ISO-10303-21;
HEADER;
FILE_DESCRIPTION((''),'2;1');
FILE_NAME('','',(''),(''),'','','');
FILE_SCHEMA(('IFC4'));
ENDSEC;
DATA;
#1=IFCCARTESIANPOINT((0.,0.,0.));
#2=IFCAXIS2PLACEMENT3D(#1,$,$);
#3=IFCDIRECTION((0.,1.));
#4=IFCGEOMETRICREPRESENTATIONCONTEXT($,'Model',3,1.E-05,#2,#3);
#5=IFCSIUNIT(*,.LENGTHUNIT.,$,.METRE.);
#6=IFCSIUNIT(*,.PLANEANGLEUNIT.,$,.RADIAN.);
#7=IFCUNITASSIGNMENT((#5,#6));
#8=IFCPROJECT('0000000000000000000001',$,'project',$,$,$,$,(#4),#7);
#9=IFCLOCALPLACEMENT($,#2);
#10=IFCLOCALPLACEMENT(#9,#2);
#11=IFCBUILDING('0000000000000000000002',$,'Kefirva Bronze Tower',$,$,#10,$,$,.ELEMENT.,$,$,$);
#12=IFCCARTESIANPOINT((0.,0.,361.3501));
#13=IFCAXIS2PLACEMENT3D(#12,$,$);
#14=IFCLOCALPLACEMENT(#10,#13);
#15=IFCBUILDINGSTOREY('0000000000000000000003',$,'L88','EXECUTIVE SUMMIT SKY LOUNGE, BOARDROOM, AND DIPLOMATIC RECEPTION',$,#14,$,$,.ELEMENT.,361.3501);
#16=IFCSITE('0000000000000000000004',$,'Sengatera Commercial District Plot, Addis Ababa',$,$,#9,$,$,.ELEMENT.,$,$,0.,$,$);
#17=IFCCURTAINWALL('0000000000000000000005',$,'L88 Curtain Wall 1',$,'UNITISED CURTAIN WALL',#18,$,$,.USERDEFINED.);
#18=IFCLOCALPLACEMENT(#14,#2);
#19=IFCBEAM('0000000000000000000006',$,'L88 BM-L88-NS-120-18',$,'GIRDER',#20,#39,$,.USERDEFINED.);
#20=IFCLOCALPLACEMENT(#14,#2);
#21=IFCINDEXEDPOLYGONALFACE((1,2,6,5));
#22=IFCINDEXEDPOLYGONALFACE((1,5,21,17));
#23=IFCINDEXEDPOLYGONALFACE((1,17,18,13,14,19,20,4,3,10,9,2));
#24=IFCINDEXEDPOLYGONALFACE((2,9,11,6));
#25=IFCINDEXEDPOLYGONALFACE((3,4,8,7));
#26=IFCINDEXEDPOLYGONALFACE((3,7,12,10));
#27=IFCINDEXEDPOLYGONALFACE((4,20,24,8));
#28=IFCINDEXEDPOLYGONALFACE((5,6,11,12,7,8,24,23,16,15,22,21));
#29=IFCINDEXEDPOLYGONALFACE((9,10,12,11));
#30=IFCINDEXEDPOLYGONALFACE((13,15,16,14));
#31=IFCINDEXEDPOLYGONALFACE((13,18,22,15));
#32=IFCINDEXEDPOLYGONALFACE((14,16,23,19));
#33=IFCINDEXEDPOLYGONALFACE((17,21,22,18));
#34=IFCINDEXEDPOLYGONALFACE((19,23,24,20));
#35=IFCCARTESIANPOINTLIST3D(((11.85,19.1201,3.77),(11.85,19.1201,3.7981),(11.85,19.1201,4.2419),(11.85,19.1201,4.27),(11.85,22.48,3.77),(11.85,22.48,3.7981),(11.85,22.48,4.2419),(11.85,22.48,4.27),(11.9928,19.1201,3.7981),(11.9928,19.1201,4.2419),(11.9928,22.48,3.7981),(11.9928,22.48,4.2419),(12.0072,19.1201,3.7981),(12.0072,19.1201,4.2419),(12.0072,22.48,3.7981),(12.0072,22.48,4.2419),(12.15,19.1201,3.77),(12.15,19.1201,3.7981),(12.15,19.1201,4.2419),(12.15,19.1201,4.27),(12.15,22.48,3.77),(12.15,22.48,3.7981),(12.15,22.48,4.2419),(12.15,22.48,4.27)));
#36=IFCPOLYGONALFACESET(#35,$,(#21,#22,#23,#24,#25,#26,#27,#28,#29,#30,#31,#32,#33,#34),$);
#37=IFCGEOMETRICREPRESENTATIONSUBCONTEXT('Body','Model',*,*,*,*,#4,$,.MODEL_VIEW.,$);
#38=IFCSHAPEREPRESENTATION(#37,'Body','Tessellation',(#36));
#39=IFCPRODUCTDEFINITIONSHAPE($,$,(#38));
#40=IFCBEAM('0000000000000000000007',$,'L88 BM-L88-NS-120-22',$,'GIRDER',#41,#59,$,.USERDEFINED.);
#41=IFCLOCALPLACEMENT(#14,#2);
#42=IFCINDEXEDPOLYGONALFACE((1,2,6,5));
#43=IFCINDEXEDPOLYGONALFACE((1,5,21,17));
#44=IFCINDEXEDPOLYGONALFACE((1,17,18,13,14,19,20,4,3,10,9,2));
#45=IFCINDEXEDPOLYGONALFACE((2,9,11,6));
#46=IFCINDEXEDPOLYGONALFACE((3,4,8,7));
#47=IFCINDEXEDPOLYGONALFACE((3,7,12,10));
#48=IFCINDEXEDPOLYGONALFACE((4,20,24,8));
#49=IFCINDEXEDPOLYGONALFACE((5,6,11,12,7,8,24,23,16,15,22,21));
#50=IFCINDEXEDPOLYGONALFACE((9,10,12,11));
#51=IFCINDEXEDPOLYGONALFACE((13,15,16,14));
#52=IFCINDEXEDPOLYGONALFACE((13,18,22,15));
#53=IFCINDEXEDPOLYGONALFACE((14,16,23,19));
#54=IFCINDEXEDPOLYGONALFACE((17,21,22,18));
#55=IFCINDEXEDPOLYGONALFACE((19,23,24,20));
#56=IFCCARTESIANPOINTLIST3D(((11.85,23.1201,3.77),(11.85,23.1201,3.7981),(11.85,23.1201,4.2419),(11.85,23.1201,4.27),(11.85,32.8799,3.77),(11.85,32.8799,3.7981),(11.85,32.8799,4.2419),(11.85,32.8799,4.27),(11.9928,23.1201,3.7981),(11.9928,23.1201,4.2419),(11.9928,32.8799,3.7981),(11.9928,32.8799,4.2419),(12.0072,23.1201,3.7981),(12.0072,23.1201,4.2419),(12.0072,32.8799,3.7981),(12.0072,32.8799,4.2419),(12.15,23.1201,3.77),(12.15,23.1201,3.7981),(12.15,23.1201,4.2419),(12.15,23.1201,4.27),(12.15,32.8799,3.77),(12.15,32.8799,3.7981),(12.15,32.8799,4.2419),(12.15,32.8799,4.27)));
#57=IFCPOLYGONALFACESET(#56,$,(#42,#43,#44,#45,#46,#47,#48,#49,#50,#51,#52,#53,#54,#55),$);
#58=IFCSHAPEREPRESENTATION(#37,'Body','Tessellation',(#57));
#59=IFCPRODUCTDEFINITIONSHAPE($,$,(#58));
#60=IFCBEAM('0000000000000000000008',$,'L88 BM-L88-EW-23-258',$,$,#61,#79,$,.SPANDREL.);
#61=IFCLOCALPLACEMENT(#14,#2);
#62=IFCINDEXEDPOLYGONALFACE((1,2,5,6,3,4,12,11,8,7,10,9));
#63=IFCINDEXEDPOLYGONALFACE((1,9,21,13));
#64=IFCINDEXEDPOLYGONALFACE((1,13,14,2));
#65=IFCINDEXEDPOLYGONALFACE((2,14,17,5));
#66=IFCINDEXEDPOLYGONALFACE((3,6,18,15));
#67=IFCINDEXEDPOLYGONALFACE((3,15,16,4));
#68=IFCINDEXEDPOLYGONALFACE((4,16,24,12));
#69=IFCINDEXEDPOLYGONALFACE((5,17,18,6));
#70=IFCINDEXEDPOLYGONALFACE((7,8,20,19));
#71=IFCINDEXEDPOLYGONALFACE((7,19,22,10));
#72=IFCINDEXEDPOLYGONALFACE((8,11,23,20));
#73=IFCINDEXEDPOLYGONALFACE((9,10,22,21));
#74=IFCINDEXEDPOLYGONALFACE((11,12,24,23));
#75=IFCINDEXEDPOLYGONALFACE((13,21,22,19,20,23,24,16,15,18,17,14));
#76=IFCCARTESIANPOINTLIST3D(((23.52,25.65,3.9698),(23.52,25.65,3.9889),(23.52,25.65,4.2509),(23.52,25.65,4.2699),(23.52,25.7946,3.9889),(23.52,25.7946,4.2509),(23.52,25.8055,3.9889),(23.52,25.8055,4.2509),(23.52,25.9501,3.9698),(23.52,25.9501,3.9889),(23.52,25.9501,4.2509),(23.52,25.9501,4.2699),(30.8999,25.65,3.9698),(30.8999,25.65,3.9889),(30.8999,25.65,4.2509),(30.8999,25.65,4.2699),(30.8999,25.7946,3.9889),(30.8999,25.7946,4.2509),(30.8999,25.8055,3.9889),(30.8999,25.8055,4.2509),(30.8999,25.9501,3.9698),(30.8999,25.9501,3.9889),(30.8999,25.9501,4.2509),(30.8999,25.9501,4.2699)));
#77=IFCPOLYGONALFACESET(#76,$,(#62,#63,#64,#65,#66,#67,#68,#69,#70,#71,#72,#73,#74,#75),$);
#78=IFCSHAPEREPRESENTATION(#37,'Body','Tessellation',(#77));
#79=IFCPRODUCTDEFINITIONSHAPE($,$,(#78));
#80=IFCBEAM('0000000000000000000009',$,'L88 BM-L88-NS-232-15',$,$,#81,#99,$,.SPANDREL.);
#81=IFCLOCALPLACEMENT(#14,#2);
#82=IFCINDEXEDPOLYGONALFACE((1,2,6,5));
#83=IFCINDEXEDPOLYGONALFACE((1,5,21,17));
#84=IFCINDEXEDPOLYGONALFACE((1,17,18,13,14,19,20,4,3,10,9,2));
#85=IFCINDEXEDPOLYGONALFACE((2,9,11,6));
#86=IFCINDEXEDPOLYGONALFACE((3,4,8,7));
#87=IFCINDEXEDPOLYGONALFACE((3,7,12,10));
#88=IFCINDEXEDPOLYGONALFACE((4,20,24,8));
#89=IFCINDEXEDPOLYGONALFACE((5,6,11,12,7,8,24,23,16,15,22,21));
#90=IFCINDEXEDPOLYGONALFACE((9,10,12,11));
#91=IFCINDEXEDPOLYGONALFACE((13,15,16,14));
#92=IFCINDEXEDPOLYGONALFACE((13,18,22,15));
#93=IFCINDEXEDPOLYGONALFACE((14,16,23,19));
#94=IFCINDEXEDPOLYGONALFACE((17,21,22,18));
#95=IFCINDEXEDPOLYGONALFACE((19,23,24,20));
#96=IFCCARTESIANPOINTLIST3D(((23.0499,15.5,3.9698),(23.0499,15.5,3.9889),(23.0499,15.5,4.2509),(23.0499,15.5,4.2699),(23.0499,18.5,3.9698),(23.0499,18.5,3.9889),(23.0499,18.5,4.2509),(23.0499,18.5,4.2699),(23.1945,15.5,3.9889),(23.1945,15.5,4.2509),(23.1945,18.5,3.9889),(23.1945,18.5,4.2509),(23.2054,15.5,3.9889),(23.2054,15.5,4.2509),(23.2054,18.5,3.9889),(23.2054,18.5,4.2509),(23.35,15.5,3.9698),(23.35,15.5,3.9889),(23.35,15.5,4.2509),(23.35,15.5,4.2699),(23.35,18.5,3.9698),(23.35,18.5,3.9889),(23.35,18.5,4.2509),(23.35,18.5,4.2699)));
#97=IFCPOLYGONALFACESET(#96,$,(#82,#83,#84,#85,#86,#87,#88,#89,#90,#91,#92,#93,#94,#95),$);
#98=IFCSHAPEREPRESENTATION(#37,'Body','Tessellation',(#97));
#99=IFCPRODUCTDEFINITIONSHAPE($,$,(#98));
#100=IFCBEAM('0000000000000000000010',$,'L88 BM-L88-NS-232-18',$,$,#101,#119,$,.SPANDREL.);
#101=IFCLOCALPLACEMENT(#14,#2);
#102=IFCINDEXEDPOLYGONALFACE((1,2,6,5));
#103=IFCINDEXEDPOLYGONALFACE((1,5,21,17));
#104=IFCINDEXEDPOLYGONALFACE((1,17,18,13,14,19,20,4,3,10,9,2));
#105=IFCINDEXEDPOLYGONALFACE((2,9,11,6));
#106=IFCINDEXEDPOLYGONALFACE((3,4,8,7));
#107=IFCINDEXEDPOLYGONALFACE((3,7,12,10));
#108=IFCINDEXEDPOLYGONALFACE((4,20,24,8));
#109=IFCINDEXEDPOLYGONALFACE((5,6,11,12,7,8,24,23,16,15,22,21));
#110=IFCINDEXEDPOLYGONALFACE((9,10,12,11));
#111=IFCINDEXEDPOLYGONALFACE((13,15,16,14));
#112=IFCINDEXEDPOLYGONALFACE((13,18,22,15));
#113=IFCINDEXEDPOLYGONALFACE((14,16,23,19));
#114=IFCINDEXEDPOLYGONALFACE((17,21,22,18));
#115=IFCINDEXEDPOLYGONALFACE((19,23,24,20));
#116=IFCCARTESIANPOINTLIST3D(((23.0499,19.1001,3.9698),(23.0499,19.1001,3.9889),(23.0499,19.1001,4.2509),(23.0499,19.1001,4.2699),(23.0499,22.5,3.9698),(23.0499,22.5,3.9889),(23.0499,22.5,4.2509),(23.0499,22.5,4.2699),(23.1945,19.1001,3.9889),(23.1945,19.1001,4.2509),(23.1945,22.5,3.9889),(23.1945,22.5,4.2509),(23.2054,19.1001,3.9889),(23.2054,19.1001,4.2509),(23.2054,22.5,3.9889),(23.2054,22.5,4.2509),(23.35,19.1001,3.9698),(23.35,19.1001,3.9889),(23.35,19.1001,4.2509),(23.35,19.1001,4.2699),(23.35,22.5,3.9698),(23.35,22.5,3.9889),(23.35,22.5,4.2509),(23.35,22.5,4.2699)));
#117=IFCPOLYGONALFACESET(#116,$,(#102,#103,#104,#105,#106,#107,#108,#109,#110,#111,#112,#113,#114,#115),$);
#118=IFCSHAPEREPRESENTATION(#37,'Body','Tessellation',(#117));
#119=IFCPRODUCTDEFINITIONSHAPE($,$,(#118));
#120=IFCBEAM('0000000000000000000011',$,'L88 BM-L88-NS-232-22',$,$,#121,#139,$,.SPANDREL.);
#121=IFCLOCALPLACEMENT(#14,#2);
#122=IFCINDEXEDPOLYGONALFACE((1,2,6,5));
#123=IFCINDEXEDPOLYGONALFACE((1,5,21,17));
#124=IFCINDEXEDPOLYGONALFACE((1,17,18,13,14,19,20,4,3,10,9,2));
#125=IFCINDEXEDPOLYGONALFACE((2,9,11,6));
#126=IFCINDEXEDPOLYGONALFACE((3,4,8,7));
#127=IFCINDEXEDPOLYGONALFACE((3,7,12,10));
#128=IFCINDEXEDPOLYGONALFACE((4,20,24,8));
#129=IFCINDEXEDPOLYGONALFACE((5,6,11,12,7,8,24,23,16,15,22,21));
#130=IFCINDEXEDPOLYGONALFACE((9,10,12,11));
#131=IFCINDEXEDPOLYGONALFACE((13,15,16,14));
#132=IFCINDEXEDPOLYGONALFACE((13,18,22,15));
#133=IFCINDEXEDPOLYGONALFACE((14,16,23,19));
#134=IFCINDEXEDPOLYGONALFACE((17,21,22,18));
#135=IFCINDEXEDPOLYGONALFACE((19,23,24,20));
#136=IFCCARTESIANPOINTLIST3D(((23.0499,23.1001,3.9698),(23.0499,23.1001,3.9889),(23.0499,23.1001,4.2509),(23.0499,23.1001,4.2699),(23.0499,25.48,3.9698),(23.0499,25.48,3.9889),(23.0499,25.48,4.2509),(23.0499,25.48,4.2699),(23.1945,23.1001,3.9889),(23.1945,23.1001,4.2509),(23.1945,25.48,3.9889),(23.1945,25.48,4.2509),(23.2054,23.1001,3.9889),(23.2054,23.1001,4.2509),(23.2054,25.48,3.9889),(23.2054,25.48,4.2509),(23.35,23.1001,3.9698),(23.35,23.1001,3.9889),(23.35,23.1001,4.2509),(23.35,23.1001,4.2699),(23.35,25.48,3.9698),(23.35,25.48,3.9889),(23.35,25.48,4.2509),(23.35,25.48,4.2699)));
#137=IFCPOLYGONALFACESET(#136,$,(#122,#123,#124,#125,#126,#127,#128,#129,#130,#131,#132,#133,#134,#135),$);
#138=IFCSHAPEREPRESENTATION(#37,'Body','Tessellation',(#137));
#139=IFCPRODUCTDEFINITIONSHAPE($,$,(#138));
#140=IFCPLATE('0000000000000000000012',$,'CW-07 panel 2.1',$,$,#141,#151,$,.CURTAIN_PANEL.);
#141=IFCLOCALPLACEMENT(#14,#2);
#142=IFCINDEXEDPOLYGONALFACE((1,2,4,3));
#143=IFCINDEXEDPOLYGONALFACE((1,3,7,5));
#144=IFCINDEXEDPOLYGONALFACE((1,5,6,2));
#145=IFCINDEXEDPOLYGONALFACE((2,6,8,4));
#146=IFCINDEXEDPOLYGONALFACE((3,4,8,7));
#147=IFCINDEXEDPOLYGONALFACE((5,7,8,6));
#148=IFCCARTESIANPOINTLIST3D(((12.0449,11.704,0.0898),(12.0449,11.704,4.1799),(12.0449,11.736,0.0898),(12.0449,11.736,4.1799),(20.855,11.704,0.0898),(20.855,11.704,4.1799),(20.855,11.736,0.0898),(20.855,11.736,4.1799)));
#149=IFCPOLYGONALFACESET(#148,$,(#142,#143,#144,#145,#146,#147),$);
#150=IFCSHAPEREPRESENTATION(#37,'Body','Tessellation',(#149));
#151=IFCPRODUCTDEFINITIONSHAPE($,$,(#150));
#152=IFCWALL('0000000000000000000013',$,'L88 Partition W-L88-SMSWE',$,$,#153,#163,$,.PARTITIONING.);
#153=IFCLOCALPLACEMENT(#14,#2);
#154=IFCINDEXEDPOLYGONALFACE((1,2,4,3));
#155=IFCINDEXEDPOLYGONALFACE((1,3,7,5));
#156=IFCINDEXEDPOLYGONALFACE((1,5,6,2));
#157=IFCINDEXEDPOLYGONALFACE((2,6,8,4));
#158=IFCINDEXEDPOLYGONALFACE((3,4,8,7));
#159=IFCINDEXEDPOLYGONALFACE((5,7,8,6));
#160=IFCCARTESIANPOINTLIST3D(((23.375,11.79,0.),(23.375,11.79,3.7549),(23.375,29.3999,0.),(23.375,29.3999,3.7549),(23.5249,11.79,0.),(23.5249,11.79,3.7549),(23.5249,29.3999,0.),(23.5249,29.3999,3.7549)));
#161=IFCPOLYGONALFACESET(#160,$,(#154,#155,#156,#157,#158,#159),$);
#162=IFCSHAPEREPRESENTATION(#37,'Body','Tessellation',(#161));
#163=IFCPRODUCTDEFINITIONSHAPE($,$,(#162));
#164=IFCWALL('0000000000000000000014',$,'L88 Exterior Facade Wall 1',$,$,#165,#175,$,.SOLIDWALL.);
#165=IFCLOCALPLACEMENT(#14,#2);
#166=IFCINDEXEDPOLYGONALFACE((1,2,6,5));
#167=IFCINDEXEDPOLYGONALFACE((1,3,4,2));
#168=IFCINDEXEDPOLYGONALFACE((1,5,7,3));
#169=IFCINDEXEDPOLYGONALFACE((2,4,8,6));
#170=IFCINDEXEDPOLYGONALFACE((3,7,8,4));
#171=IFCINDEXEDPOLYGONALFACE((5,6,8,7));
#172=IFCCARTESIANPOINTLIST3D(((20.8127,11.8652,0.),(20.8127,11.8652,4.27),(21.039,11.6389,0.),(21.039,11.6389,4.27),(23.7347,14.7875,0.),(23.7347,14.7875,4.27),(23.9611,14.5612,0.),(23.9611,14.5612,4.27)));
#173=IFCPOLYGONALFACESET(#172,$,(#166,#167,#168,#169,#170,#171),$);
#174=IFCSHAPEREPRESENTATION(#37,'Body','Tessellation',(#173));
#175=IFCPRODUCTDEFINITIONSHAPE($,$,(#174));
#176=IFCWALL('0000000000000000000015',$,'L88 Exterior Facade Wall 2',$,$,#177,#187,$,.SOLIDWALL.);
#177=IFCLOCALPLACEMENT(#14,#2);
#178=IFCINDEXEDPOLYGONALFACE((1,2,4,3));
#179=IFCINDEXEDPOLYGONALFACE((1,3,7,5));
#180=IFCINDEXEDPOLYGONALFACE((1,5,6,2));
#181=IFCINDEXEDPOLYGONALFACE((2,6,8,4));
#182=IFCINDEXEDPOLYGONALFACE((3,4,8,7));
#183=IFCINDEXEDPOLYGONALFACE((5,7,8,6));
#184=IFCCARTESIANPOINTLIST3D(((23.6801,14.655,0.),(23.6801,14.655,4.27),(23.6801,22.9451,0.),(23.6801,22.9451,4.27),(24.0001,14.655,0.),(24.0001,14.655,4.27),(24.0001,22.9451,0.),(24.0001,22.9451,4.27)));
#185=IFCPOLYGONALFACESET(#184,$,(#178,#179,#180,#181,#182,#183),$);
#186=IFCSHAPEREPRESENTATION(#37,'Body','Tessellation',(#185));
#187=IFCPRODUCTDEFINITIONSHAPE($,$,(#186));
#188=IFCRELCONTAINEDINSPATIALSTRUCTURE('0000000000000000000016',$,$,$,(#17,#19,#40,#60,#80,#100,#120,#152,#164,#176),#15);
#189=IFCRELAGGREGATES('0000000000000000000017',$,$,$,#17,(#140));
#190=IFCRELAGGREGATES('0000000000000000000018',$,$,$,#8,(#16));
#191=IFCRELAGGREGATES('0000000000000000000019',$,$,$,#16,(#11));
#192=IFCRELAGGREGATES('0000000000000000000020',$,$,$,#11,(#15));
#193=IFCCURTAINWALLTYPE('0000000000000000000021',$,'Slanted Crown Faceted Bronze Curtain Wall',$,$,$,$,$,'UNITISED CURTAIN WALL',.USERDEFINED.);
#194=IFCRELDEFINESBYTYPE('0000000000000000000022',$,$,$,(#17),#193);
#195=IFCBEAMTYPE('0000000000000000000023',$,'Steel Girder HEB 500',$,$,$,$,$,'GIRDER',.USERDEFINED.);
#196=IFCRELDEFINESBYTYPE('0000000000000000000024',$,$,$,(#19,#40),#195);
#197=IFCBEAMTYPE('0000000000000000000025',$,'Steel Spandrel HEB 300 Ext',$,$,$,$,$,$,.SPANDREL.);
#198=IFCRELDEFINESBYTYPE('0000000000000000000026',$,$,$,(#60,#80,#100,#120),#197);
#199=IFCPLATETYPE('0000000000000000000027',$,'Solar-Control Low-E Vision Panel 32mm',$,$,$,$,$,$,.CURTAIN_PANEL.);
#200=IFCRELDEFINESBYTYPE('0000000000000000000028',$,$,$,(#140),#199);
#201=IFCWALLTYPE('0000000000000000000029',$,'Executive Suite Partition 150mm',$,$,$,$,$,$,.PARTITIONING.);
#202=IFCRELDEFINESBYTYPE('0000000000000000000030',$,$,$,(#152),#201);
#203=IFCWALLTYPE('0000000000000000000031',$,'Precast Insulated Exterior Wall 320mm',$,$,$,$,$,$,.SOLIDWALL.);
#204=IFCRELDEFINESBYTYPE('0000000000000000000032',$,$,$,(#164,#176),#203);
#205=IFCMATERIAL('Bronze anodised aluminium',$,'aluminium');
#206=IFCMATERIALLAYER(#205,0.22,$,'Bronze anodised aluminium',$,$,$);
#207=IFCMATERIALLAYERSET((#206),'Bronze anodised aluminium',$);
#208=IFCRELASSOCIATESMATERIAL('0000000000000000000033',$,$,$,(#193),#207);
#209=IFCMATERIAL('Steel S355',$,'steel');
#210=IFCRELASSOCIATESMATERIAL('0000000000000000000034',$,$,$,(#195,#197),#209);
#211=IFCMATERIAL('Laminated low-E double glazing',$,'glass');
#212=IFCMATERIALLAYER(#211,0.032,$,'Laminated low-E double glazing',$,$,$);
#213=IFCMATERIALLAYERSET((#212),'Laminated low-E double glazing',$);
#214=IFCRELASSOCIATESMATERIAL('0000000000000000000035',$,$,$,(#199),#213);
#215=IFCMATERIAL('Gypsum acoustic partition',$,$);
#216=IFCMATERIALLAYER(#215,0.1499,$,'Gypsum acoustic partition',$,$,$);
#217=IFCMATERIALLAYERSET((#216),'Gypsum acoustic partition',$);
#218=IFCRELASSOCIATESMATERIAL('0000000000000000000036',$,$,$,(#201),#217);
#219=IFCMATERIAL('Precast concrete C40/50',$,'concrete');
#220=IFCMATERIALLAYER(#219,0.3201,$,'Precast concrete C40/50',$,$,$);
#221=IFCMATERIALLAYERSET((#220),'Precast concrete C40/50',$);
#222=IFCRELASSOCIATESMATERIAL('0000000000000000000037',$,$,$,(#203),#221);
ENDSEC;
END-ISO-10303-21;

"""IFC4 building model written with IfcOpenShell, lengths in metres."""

from ifc_helpers import new_model, si_unit, direction, frame, frame_2d, origin, origin_2d, place, context, subcontext, project, spatial, rectangle, i_section, extrude, material, layer, layer_set, material_profile, profile_set, type_object, element, aggregate, save


model = new_model("IFC4")

# Units and contexts
model_context = context("Model", 3, precision=1e-05, world=origin(), true_north=direction((0.0, 1.0)))
body_context = subcontext(model_context, "Body", "Model", "MODEL_VIEW")
ifc_project = project(units=[si_unit("LENGTHUNIT", "METRE"), si_unit("PLANEANGLEUNIT", "RADIAN")], contexts=[model_context])

# Site, building, storey
site_placement = place(None, origin())
site = spatial("IfcSite", under=ifc_project, at=site_placement, Name="Sengatera Commercial District Plot, Addis Ababa", CompositionType="ELEMENT", RefElevation=0.0)
building_placement = place(site_placement, origin())
building = spatial("IfcBuilding", under=site, at=building_placement, Name="Kefirva Bronze Tower", CompositionType="ELEMENT")
storey_placement = place(building_placement, frame((0.0, 0.0, 361.3501)))
storey = spatial("IfcBuildingStorey", under=building, at=storey_placement, Name="L88", Description="EXECUTIVE SUMMIT SKY LOUNGE, BOARDROOM, AND DIPLOMATIC RECEPTION", CompositionType="ELEMENT", Elevation=361.3501)

# Curtain wall
ifc_material_1 = material(Name="Bronze anodised aluminium", Category="aluminium")
ifc_layer_1 = layer(ifc_material_1, 0.22, Name="Bronze anodised aluminium")
ifc_layer_set_1 = layer_set([ifc_layer_1], Name="Bronze anodised aluminium")
curtain_wall_type = type_object("IfcCurtainWallType", Name="Slanted Crown Faceted Bronze Curtain Wall", ElementType="UNITISED CURTAIN WALL", PredefinedType="USERDEFINED", material=ifc_layer_set_1)
curtain_wall_placement = place(storey_placement, origin())
curtain_wall = element("IfcCurtainWall", 1, at=curtain_wall_placement, inside=storey, type_object=curtain_wall_type, Name="L88 Curtain Wall 1", ObjectType="UNITISED CURTAIN WALL", PredefinedType="USERDEFINED")

# Beams
ifc_material_2 = material(Name="Steel S355", Category="steel")
ifc_material_profile_1 = material_profile(ifc_material_2, i_section(OverallWidth=0.3, OverallDepth=0.5, WebThickness=0.0144, FlangeThickness=0.0281, at=origin_2d()), Name="HEB 500")
ifc_profile_set_1 = profile_set([ifc_material_profile_1], Name="Steel S355")
beam_type_1 = type_object("IfcBeamType", Name="Steel Girder HEB 500", ElementType="GIRDER", PredefinedType="USERDEFINED", material=ifc_profile_set_1)
beam_1_placement = place(storey_placement, frame((12.0, 19.1201, 4.02), z_axis=(0.0, 1.0, 0.0), x_axis=(-1.0, 0.0, 0.0)))
element("IfcBeam", 2, at=beam_1_placement, inside=storey, type_object=beam_type_1, Name="L88 BM-L88-NS-120-18", ObjectType="GIRDER", PredefinedType="USERDEFINED", context=body_context, shape_type="SweptSolid", body=[
    extrude(i_section(OverallWidth=0.3, OverallDepth=0.5, WebThickness=0.0144, FlangeThickness=0.0281, at=origin_2d()), origin(), (0.0, 0.0, 1.0), 3.3599),
])
beam_2_placement = place(storey_placement, frame((12.0, 23.1201, 4.02), z_axis=(0.0, 1.0, 0.0), x_axis=(-1.0, 0.0, 0.0)))
element("IfcBeam", 3, at=beam_2_placement, inside=storey, type_object=beam_type_1, Name="L88 BM-L88-NS-120-22", ObjectType="GIRDER", PredefinedType="USERDEFINED", context=body_context, shape_type="SweptSolid", body=[
    extrude(i_section(OverallWidth=0.3, OverallDepth=0.5, WebThickness=0.0144, FlangeThickness=0.0281, at=origin_2d()), origin(), (0.0, 0.0, 1.0), 9.7598),
])
ifc_material_profile_2 = material_profile(ifc_material_2, i_section(OverallWidth=0.3, OverallDepth=0.3, WebThickness=0.011, FlangeThickness=0.019, at=origin_2d()), Name="HEB 300")
ifc_profile_set_2 = profile_set([ifc_material_profile_2], Name="Steel S355")
beam_type_2 = type_object("IfcBeamType", Name="Steel Spandrel HEB 300 Ext", PredefinedType="SPANDREL", material=ifc_profile_set_2)
beam_3_placement = place(storey_placement, frame((23.52, 25.8, 4.1199), z_axis=(1.0, 0.0, 0.0), x_axis=(0.0, 1.0, 0.0)))
element("IfcBeam", 4, at=beam_3_placement, inside=storey, type_object=beam_type_2, Name="L88 BM-L88-EW-23-258", PredefinedType="SPANDREL", context=body_context, shape_type="SweptSolid", body=[
    extrude(i_section(OverallWidth=0.3, OverallDepth=0.3, WebThickness=0.011, FlangeThickness=0.019, at=origin_2d()), origin(), (0.0, 0.0, 1.0), 7.3799),
])
beam_4_placement = place(storey_placement, frame((23.2, 15.5, 4.1199), z_axis=(0.0, 1.0, 0.0), x_axis=(-1.0, 0.0, 0.0)))
element("IfcBeam", 5, at=beam_4_placement, inside=storey, type_object=beam_type_2, Name="L88 BM-L88-NS-232-15", PredefinedType="SPANDREL", context=body_context, shape_type="SweptSolid", body=[
    extrude(i_section(OverallWidth=0.3, OverallDepth=0.3, WebThickness=0.011, FlangeThickness=0.019, at=origin_2d()), origin(), (0.0, 0.0, 1.0), 3.0),
])
beam_5_placement = place(storey_placement, frame((23.2, 19.1001, 4.1199), z_axis=(0.0, 1.0, 0.0), x_axis=(-1.0, 0.0, 0.0)))
element("IfcBeam", 6, at=beam_5_placement, inside=storey, type_object=beam_type_2, Name="L88 BM-L88-NS-232-18", PredefinedType="SPANDREL", context=body_context, shape_type="SweptSolid", body=[
    extrude(i_section(OverallWidth=0.3, OverallDepth=0.3, WebThickness=0.011, FlangeThickness=0.019, at=origin_2d()), origin(), (0.0, 0.0, 1.0), 3.3999),
])
beam_6_placement = place(storey_placement, frame((23.2, 23.1001, 4.1199), z_axis=(0.0, 1.0, 0.0), x_axis=(-1.0, 0.0, 0.0)))
element("IfcBeam", 7, at=beam_6_placement, inside=storey, type_object=beam_type_2, Name="L88 BM-L88-NS-232-22", PredefinedType="SPANDREL", context=body_context, shape_type="SweptSolid", body=[
    extrude(i_section(OverallWidth=0.3, OverallDepth=0.3, WebThickness=0.011, FlangeThickness=0.019, at=origin_2d()), origin(), (0.0, 0.0, 1.0), 2.3799),
])

# Plate
ifc_material_3 = material(Name="Laminated low-E double glazing", Category="glass")
ifc_layer_2 = layer(ifc_material_3, 0.032, Name="Laminated low-E double glazing")
ifc_layer_set_2 = layer_set([ifc_layer_2], Name="Laminated low-E double glazing")
plate_type = type_object("IfcPlateType", Name="Solar-Control Low-E Vision Panel 32mm", PredefinedType="CURTAIN_PANEL", material=ifc_layer_set_2)
plate_placement = place(storey_placement, frame((16.45, 11.72, 0.0898), z_axis=(0.0, 0.0, 1.0), x_axis=(1.0, 0.0, 0.0)))
plate = element("IfcPlate", 8, at=plate_placement, type_object=plate_type, Name="CW-07 panel 2.1", PredefinedType="CURTAIN_PANEL", context=body_context, shape_type="SweptSolid", body=[
    extrude(rectangle(XDim=8.8101, YDim=0.032, at=origin_2d()), origin(), (0.0, 0.0, 1.0), 4.0901),
])
aggregate(curtain_wall, [plate])

# Walls
ifc_material_4 = material(Name="Gypsum acoustic partition")
ifc_layer_3 = layer(ifc_material_4, 0.1499, Name="Gypsum acoustic partition")
ifc_layer_set_3 = layer_set([ifc_layer_3], Name="Gypsum acoustic partition")
wall_type_1 = type_object("IfcWallType", Name="Executive Suite Partition 150mm", PredefinedType="PARTITIONING", material=ifc_layer_set_3)
wall_1_placement = place(storey_placement, frame((23.45, 11.79, 0.0), z_axis=(0.0, 0.0, 1.0), x_axis=(0.0, 1.0, 0.0)))
element("IfcWall", 9, at=wall_1_placement, inside=storey, type_object=wall_type_1, Name="L88 Partition W-L88-SMSWE", PredefinedType="PARTITIONING", context=body_context, shape_type="SweptSolid", body=[
    extrude(rectangle(XDim=17.6099, YDim=0.1499, at=frame_2d((8.8049, 0.0))), origin(), (0.0, 0.0, 1.0), 3.7549),
])
ifc_material_5 = material(Name="Precast concrete C40/50", Category="concrete")
ifc_layer_4 = layer(ifc_material_5, 0.3201, Name="Precast concrete C40/50")
ifc_layer_set_4 = layer_set([ifc_layer_4], Name="Precast concrete C40/50")
wall_type_2 = type_object("IfcWallType", Name="Precast Insulated Exterior Wall 320mm", PredefinedType="SOLIDWALL", material=ifc_layer_set_4)
wall_2_placement = place(storey_placement, frame((20.9258, 11.752, 0.0), z_axis=(0.0, 0.0, 1.0), x_axis=(0.707077, 0.707136, 0.0)))
element("IfcWall", 10, at=wall_2_placement, inside=storey, type_object=wall_type_2, Name="L88 Exterior Facade Wall 1", PredefinedType="SOLIDWALL", context=body_context, shape_type="SweptSolid", body=[
    extrude(rectangle(XDim=4.1326, YDim=0.3201, at=frame_2d((2.0664, 0.0))), origin(), (0.0, 0.0, 1.0), 4.27),
])
wall_3_placement = place(storey_placement, frame((23.8401, 14.655, 0.0), z_axis=(0.0, 0.0, 1.0), x_axis=(0.0, 1.0, 0.0)))
element("IfcWall", 11, at=wall_3_placement, inside=storey, type_object=wall_type_2, Name="L88 Exterior Facade Wall 2", PredefinedType="SOLIDWALL", context=body_context, shape_type="SweptSolid", body=[
    extrude(rectangle(XDim=8.29, YDim=0.3201, at=frame_2d((4.145, 0.0))), origin(), (0.0, 0.0, 1.0), 4.27),
])

save(model, "model.ifc")
